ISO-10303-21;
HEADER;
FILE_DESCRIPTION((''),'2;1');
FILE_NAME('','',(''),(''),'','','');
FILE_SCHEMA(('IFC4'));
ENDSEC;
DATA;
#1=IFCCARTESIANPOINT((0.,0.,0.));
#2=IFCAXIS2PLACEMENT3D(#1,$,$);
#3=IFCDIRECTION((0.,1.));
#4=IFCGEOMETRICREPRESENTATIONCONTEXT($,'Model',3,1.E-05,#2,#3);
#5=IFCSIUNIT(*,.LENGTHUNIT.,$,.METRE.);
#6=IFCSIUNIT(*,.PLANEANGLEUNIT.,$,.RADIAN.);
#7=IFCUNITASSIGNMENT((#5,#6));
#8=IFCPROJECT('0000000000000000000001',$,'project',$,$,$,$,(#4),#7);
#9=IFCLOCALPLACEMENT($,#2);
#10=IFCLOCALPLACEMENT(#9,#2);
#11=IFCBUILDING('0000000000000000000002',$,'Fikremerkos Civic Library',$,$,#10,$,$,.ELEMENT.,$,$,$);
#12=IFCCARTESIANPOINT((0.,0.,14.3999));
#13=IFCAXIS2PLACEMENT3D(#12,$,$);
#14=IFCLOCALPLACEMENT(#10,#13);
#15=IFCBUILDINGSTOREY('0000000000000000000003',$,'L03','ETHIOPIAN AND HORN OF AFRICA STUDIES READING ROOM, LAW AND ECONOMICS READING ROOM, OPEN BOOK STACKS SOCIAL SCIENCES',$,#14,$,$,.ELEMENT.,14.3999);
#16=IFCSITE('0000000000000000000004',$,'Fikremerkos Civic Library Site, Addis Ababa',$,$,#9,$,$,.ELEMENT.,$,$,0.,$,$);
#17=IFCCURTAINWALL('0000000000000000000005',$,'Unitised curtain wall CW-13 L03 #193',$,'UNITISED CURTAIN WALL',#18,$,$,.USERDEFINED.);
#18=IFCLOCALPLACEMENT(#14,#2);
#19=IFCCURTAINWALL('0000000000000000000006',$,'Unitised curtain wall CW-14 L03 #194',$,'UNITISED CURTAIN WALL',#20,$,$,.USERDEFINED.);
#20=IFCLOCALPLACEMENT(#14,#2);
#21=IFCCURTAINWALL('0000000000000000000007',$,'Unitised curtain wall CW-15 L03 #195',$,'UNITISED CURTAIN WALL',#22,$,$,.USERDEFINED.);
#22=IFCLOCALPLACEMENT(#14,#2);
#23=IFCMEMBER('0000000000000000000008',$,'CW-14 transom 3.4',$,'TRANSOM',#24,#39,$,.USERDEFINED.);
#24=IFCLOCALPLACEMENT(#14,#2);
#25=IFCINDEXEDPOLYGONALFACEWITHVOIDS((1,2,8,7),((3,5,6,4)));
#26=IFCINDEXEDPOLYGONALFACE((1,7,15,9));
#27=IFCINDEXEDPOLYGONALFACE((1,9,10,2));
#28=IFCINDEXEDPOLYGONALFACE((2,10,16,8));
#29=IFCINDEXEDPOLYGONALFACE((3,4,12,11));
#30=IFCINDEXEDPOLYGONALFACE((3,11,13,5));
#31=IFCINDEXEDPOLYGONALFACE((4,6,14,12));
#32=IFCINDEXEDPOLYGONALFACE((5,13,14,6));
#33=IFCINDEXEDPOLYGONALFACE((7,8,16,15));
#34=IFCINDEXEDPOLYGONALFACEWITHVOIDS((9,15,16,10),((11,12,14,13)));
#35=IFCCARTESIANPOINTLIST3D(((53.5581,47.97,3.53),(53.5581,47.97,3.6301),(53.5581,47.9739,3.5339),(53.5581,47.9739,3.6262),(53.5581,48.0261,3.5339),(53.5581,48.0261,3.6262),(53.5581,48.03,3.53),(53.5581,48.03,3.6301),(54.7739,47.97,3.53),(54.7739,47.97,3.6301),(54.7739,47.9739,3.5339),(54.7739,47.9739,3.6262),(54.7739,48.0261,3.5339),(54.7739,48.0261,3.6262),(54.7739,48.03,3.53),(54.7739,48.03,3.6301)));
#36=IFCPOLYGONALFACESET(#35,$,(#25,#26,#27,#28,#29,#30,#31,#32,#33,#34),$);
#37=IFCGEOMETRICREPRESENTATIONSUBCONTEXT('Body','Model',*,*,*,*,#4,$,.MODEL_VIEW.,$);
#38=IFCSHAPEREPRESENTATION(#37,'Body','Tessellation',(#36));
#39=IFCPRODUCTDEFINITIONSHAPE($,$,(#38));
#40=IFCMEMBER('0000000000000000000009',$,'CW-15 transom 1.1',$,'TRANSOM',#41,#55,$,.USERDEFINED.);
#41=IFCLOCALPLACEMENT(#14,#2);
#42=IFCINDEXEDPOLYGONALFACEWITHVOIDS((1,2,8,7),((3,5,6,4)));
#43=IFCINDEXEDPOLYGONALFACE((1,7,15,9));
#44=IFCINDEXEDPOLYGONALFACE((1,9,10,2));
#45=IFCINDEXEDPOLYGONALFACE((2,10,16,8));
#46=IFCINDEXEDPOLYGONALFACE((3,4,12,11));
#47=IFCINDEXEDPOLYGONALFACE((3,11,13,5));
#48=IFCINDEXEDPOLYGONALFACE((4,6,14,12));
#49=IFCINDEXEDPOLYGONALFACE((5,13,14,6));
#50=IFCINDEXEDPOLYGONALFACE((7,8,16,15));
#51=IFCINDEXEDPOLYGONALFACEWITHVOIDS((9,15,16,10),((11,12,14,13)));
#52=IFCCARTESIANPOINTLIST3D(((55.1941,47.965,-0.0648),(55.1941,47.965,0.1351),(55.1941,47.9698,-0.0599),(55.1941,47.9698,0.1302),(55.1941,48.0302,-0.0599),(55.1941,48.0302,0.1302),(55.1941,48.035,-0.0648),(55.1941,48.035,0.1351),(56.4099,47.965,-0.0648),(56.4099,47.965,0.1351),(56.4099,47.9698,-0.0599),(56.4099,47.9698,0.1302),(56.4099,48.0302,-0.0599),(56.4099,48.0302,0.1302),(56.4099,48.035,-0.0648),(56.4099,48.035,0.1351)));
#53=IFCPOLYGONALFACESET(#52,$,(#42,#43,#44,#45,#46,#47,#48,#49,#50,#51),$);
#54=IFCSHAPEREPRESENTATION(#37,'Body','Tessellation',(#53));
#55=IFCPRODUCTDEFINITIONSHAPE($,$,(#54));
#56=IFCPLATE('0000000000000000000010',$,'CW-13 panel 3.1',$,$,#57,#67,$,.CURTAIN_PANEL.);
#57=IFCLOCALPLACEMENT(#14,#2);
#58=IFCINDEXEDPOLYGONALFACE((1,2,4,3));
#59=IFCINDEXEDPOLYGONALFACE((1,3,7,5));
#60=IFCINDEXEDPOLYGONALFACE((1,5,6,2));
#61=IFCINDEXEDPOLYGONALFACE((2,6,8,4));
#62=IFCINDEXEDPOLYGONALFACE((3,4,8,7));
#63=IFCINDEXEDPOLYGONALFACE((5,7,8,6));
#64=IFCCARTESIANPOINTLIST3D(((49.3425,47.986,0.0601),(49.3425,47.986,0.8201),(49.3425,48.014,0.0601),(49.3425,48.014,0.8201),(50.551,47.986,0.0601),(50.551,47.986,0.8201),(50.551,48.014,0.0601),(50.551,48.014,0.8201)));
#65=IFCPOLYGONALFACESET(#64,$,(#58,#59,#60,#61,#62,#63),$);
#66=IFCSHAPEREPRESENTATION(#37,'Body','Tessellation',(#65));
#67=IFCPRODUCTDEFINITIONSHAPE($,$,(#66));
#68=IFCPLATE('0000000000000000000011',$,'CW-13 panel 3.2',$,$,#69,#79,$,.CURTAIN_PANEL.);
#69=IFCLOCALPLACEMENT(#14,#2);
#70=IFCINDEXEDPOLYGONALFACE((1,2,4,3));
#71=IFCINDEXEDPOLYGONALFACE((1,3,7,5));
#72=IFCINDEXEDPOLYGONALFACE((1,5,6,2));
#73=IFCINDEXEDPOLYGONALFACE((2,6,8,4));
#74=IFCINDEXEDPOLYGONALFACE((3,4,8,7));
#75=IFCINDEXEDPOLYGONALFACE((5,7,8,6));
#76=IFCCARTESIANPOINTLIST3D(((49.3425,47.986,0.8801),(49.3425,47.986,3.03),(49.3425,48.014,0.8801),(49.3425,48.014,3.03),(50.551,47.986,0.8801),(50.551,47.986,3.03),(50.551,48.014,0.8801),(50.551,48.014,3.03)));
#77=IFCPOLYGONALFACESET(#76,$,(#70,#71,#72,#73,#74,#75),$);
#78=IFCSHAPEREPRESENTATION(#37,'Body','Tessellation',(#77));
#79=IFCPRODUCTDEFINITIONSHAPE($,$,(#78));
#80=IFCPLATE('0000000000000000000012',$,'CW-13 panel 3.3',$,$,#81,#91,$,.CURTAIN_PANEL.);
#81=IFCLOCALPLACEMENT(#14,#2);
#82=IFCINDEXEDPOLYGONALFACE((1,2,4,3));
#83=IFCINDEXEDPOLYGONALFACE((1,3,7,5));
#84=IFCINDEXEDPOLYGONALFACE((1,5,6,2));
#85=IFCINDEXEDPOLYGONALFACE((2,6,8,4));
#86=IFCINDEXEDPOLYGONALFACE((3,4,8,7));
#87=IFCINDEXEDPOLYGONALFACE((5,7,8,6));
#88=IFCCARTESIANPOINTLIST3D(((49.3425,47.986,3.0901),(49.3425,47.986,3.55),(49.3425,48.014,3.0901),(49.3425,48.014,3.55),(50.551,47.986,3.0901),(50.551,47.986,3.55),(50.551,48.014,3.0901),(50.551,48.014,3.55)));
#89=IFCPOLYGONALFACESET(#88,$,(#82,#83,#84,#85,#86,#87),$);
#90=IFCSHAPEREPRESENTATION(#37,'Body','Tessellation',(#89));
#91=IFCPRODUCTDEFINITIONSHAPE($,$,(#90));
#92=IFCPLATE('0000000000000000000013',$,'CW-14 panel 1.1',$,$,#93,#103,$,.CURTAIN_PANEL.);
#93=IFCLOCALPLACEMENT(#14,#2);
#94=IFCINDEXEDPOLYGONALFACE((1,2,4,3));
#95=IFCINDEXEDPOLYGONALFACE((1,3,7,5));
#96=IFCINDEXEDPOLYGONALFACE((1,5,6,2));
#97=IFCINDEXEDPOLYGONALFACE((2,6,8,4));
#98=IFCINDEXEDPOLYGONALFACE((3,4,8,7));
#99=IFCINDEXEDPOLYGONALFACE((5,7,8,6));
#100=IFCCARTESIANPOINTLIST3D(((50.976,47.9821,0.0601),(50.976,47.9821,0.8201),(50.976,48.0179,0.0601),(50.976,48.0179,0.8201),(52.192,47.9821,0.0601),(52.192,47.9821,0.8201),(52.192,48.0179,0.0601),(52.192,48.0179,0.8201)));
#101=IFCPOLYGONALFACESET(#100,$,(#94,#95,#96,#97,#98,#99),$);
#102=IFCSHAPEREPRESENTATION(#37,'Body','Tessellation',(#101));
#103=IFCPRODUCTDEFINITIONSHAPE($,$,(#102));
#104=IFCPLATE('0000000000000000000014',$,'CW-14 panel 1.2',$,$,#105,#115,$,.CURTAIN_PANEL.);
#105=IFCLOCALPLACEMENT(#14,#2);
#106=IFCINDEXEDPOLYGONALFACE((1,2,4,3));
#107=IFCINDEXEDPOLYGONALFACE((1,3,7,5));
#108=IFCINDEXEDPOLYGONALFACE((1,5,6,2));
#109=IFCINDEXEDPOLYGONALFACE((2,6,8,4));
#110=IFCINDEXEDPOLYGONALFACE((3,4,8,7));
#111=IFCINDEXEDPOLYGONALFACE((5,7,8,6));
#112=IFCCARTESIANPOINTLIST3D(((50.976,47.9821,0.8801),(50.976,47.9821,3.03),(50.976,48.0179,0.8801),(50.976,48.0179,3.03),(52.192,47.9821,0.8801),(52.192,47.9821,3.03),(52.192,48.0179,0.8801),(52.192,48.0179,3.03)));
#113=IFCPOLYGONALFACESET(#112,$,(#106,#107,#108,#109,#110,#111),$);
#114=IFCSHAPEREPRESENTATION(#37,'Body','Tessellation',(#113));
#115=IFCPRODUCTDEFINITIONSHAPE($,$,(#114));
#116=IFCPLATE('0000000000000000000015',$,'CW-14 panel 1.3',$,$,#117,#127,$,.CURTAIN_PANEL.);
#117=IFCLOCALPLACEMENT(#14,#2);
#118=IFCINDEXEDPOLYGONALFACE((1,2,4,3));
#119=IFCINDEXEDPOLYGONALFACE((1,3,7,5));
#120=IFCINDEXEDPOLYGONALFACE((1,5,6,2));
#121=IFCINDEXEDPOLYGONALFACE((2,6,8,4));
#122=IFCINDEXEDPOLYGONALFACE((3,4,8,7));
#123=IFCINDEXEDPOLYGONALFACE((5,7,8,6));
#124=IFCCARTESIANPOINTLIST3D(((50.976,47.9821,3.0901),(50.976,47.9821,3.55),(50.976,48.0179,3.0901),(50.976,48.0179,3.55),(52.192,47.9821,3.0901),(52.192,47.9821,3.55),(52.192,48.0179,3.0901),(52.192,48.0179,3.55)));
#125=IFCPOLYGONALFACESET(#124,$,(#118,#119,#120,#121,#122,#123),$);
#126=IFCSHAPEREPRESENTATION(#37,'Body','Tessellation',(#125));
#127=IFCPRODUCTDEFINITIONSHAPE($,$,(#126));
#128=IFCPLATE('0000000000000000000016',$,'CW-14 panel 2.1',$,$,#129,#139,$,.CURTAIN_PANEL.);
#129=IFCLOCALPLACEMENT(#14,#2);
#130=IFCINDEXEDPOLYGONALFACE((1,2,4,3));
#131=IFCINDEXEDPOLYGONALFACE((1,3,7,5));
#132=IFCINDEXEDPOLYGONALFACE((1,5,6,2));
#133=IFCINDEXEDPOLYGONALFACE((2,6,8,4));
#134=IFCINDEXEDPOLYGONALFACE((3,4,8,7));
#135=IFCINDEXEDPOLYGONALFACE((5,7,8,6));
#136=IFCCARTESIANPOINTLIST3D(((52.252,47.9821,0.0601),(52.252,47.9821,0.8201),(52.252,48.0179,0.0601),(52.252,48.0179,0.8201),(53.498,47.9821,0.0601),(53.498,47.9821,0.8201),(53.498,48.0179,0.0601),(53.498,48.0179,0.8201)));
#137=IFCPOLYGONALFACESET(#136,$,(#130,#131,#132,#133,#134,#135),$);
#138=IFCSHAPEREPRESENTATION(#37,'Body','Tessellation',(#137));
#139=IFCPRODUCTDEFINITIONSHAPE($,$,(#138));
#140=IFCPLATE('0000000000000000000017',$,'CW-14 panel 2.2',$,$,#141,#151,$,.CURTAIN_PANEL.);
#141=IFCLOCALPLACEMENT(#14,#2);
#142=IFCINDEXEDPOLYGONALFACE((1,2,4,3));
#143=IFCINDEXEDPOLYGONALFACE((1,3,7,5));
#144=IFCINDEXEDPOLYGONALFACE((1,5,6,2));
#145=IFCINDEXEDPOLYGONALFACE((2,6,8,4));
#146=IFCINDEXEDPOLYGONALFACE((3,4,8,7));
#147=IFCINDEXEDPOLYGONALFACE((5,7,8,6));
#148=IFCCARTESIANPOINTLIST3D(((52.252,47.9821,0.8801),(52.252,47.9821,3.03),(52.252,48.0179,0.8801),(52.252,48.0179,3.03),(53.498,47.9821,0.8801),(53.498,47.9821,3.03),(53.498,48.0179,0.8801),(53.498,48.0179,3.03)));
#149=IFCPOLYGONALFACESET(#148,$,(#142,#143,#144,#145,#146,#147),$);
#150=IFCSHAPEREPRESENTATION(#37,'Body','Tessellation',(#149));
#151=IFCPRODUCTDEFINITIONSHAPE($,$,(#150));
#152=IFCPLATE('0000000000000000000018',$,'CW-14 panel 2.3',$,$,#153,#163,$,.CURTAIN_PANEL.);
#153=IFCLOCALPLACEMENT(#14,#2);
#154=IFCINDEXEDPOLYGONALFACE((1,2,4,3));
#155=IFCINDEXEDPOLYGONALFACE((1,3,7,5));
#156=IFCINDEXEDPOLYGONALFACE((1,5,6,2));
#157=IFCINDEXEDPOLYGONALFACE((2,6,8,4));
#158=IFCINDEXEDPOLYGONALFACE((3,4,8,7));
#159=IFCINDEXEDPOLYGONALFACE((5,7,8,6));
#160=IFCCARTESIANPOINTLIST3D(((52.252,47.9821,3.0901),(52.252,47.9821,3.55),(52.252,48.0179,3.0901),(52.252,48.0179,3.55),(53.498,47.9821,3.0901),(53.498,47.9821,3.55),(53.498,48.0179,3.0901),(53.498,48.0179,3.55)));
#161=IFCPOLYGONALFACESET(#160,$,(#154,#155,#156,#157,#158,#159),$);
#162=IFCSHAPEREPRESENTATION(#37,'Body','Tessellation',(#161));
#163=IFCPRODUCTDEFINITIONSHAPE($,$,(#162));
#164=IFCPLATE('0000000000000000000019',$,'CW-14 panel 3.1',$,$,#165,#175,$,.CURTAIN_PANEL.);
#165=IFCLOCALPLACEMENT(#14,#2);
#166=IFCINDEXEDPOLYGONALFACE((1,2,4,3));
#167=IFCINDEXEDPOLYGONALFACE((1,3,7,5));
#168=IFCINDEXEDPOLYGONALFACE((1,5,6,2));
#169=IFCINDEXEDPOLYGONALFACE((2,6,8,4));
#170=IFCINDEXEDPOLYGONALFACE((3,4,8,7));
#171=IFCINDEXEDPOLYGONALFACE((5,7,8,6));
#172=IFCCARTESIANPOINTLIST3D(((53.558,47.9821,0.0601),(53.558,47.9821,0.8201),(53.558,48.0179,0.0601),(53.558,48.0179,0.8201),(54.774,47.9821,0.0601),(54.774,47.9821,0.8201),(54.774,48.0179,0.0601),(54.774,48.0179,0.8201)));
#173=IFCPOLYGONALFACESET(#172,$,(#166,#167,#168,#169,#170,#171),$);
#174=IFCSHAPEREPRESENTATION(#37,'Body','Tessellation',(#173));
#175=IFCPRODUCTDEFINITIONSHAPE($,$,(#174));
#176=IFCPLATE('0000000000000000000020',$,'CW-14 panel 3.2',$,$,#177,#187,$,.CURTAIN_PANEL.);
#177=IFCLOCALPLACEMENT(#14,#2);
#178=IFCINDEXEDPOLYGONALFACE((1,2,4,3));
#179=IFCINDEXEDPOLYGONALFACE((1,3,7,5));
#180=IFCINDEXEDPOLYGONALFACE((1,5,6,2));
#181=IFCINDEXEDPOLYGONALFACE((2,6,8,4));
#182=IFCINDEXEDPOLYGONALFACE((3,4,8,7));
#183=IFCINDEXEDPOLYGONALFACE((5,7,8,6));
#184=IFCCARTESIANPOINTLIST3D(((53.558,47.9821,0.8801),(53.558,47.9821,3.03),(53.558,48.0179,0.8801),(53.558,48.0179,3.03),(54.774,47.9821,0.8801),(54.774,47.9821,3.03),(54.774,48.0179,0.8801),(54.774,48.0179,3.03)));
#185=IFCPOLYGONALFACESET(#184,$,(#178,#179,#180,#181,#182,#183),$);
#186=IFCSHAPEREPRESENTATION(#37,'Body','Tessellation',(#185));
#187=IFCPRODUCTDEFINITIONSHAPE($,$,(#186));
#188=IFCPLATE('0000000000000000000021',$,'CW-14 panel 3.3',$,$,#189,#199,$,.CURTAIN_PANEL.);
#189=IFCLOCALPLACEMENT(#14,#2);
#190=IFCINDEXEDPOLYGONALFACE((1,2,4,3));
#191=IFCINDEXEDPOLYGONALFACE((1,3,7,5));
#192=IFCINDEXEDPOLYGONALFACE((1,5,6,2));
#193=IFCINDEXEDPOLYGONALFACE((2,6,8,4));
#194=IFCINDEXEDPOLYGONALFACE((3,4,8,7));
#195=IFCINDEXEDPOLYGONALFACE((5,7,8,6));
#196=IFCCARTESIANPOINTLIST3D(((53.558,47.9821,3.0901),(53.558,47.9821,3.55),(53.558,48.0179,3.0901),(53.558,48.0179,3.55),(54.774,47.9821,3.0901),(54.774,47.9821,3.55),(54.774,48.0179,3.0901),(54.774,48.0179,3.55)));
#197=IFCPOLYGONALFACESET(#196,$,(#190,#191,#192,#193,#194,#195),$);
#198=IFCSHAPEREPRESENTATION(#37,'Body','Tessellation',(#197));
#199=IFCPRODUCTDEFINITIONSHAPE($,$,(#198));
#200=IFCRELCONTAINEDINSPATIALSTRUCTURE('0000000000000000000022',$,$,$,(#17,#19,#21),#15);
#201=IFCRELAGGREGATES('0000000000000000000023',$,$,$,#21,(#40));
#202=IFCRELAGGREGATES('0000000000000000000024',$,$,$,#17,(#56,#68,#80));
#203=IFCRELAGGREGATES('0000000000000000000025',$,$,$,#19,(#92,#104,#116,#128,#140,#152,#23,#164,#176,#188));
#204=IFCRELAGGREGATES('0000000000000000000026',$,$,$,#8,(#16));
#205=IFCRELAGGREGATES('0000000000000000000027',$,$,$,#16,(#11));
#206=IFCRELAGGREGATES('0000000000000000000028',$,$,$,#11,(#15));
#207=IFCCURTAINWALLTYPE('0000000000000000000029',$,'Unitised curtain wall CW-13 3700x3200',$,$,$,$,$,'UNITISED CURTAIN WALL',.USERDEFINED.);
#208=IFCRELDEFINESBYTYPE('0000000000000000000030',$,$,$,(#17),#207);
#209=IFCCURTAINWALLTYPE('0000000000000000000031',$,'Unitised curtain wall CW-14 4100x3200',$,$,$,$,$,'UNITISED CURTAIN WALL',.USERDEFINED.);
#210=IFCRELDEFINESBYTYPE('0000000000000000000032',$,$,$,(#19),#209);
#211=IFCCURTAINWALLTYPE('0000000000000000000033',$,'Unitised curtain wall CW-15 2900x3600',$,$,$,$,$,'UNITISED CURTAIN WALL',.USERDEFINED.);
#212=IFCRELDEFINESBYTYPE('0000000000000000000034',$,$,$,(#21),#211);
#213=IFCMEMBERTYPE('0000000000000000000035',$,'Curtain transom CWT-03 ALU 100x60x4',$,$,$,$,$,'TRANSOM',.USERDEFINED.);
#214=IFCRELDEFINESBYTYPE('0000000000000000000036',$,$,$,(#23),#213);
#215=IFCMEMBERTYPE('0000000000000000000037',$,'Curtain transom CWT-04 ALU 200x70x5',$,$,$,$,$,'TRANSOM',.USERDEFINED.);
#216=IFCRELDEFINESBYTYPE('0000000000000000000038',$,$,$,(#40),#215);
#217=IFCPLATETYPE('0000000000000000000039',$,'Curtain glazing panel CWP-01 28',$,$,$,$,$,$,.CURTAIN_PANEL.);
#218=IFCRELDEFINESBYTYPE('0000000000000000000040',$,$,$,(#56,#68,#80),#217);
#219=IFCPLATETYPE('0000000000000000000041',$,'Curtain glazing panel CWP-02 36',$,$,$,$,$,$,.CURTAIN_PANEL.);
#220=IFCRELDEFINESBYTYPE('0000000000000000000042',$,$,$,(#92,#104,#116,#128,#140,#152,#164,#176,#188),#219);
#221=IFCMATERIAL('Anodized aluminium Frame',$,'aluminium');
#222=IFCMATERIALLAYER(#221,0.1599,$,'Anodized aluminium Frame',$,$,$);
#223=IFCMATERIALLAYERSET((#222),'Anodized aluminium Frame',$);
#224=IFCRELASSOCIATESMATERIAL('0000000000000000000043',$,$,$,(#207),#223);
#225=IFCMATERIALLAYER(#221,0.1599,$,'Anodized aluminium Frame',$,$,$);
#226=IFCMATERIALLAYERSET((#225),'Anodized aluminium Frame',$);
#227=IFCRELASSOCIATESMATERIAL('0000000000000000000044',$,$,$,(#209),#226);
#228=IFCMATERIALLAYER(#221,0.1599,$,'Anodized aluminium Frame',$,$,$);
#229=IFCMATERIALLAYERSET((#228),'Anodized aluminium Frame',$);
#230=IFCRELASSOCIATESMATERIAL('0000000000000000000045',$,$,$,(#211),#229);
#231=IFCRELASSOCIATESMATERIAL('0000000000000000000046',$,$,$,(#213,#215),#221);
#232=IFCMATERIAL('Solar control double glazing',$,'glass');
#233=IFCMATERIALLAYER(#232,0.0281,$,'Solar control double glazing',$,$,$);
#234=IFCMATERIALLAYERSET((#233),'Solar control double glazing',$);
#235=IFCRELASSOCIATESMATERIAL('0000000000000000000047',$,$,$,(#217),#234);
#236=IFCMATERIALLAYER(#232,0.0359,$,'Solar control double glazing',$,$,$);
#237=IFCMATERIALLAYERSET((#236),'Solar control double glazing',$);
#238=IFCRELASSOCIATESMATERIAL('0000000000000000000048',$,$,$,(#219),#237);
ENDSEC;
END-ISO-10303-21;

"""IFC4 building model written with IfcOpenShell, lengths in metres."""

from ifc_helpers import new_model, si_unit, direction, frame, origin, origin_2d, place, context, subcontext, project, spatial, rectangle, hollow_rectangle, extrude, material, layer, layer_set, material_profile, profile_set, type_object, element, aggregate, save


model = new_model("IFC4")

# Units and contexts
model_context = context("Model", 3, precision=1e-05, world=origin(), true_north=direction((0.0, 1.0)))
body_context = subcontext(model_context, "Body", "Model", "MODEL_VIEW")
ifc_project = project(units=[si_unit("LENGTHUNIT", "METRE"), si_unit("PLANEANGLEUNIT", "RADIAN")], contexts=[model_context])

# Site, building, storey
site_placement = place(None, origin())
site = spatial("IfcSite", under=ifc_project, at=site_placement, Name="Fikremerkos Civic Library Site, Addis Ababa", CompositionType="ELEMENT", RefElevation=0.0)
building_placement = place(site_placement, origin())
building = spatial("IfcBuilding", under=site, at=building_placement, Name="Fikremerkos Civic Library", CompositionType="ELEMENT")
storey_placement = place(building_placement, frame((0.0, 0.0, 14.3999)))
storey = spatial("IfcBuildingStorey", under=building, at=storey_placement, Name="L03", Description="ETHIOPIAN AND HORN OF AFRICA STUDIES READING ROOM, LAW AND ECONOMICS READING ROOM, OPEN BOOK STACKS SOCIAL SCIENCES", CompositionType="ELEMENT", Elevation=14.3999)

# Curtain wall
ifc_material_1 = material(Name="Anodized aluminium Frame", Category="aluminium")
ifc_layer_1 = layer(ifc_material_1, 0.1599, Name="Anodized aluminium Frame")
ifc_layer_set_1 = layer_set([ifc_layer_1], Name="Anodized aluminium Frame")
curtain_wall_type_1 = type_object("IfcCurtainWallType", Name="Unitised curtain wall CW-13 3700x3200", ElementType="UNITISED CURTAIN WALL", PredefinedType="USERDEFINED", material=ifc_layer_set_1)
curtain_wall_1_placement = place(storey_placement, origin())
curtain_wall_1 = element("IfcCurtainWall", 1, at=curtain_wall_1_placement, inside=storey, type_object=curtain_wall_type_1, Name="Unitised curtain wall CW-13 L03 #193", ObjectType="UNITISED CURTAIN WALL", PredefinedType="USERDEFINED")

# Curtain wall
ifc_layer_2 = layer(ifc_material_1, 0.1599, Name="Anodized aluminium Frame")
ifc_layer_set_2 = layer_set([ifc_layer_2], Name="Anodized aluminium Frame")
curtain_wall_type_2 = type_object("IfcCurtainWallType", Name="Unitised curtain wall CW-14 4100x3200", ElementType="UNITISED CURTAIN WALL", PredefinedType="USERDEFINED", material=ifc_layer_set_2)
curtain_wall_2_placement = place(storey_placement, origin())
curtain_wall_2 = element("IfcCurtainWall", 2, at=curtain_wall_2_placement, inside=storey, type_object=curtain_wall_type_2, Name="Unitised curtain wall CW-14 L03 #194", ObjectType="UNITISED CURTAIN WALL", PredefinedType="USERDEFINED")

# Curtain wall
ifc_layer_3 = layer(ifc_material_1, 0.1599, Name="Anodized aluminium Frame")
ifc_layer_set_3 = layer_set([ifc_layer_3], Name="Anodized aluminium Frame")
curtain_wall_type_3 = type_object("IfcCurtainWallType", Name="Unitised curtain wall CW-15 2900x3600", ElementType="UNITISED CURTAIN WALL", PredefinedType="USERDEFINED", material=ifc_layer_set_3)
curtain_wall_3_placement = place(storey_placement, origin())
curtain_wall_3 = element("IfcCurtainWall", 3, at=curtain_wall_3_placement, inside=storey, type_object=curtain_wall_type_3, Name="Unitised curtain wall CW-15 L03 #195", ObjectType="UNITISED CURTAIN WALL", PredefinedType="USERDEFINED")

# Members
ifc_material_profile_1 = material_profile(ifc_material_1, hollow_rectangle(XDim=0.0601, YDim=0.1001, WallThickness=0.0039, at=origin_2d()), Name="ALU 100x60x4")
ifc_profile_set_1 = profile_set([ifc_material_profile_1], Name="Anodized aluminium Frame")
member_type_1 = type_object("IfcMemberType", Name="Curtain transom CWT-03 ALU 100x60x4", ElementType="TRANSOM", PredefinedType="USERDEFINED", material=ifc_profile_set_1)
member_1_placement = place(storey_placement, frame((53.5581, 48.0, 3.5801), z_axis=(1.0, 0.0, 0.0), x_axis=(0.0, 1.0, 0.0)))
member_1 = element("IfcMember", 4, at=member_1_placement, type_object=member_type_1, Name="CW-14 transom 3.4", ObjectType="TRANSOM", PredefinedType="USERDEFINED", context=body_context, shape_type="SweptSolid", body=[
    extrude(hollow_rectangle(XDim=0.0601, YDim=0.1001, WallThickness=0.0039, at=origin_2d()), origin(), (0.0, 0.0, 1.0), 1.2158),
])
ifc_material_profile_2 = material_profile(ifc_material_1, hollow_rectangle(XDim=0.0701, YDim=0.2, WallThickness=0.0049, at=origin_2d()), Name="ALU 200x70x5")
ifc_profile_set_2 = profile_set([ifc_material_profile_2], Name="Anodized aluminium Frame")
member_type_2 = type_object("IfcMemberType", Name="Curtain transom CWT-04 ALU 200x70x5", ElementType="TRANSOM", PredefinedType="USERDEFINED", material=ifc_profile_set_2)
member_2_placement = place(storey_placement, frame((55.1941, 48.0, 0.0352), z_axis=(1.0, 0.0, 0.0), x_axis=(0.0, 1.0, 0.0)))
member_2 = element("IfcMember", 5, at=member_2_placement, type_object=member_type_2, Name="CW-15 transom 1.1", ObjectType="TRANSOM", PredefinedType="USERDEFINED", context=body_context, shape_type="SweptSolid", body=[
    extrude(hollow_rectangle(XDim=0.0701, YDim=0.2, WallThickness=0.0049, at=origin_2d()), origin(), (0.0, 0.0, 1.0), 1.2158),
])
aggregate(curtain_wall_3, [member_2])

# Plates
ifc_material_2 = material(Name="Solar control double glazing", Category="glass")
ifc_layer_4 = layer(ifc_material_2, 0.0281, Name="Solar control double glazing")
ifc_layer_set_4 = layer_set([ifc_layer_4], Name="Solar control double glazing")
plate_type_1 = type_object("IfcPlateType", Name="Curtain glazing panel CWP-01 28", PredefinedType="CURTAIN_PANEL", material=ifc_layer_set_4)
plate_1_placement = place(storey_placement, frame((49.9468, 48.0, 0.0601), z_axis=(0.0, 0.0, 1.0), x_axis=(1.0, 0.0, 0.0)))
plate_1 = element("IfcPlate", 6, at=plate_1_placement, type_object=plate_type_1, Name="CW-13 panel 3.1", PredefinedType="CURTAIN_PANEL", context=body_context, shape_type="SweptSolid", body=[
    extrude(rectangle(XDim=1.2085, YDim=0.0281, at=origin_2d()), origin(), (0.0, 0.0, 1.0), 0.76),
])
plate_2_placement = place(storey_placement, frame((49.9468, 48.0, 0.8801), z_axis=(0.0, 0.0, 1.0), x_axis=(1.0, 0.0, 0.0)))
plate_2 = element("IfcPlate", 7, at=plate_2_placement, type_object=plate_type_1, Name="CW-13 panel 3.2", PredefinedType="CURTAIN_PANEL", context=body_context, shape_type="SweptSolid", body=[
    extrude(rectangle(XDim=1.2085, YDim=0.0281, at=origin_2d()), origin(), (0.0, 0.0, 1.0), 2.1499),
])
plate_3_placement = place(storey_placement, frame((49.9468, 48.0, 3.0901), z_axis=(0.0, 0.0, 1.0), x_axis=(1.0, 0.0, 0.0)))
plate_3 = element("IfcPlate", 8, at=plate_3_placement, type_object=plate_type_1, Name="CW-13 panel 3.3", PredefinedType="CURTAIN_PANEL", context=body_context, shape_type="SweptSolid", body=[
    extrude(rectangle(XDim=1.2085, YDim=0.0281, at=origin_2d()), origin(), (0.0, 0.0, 1.0), 0.46),
])
aggregate(curtain_wall_1, [plate_1, plate_2, plate_3])
ifc_layer_5 = layer(ifc_material_2, 0.0359, Name="Solar control double glazing")
ifc_layer_set_5 = layer_set([ifc_layer_5], Name="Solar control double glazing")
plate_type_2 = type_object("IfcPlateType", Name="Curtain glazing panel CWP-02 36", PredefinedType="CURTAIN_PANEL", material=ifc_layer_set_5)
plate_4_placement = place(storey_placement, frame((51.584, 48.0, 0.0601), z_axis=(0.0, 0.0, 1.0), x_axis=(1.0, 0.0, 0.0)))
plate_4 = element("IfcPlate", 9, at=plate_4_placement, type_object=plate_type_2, Name="CW-14 panel 1.1", PredefinedType="CURTAIN_PANEL", context=body_context, shape_type="SweptSolid", body=[
    extrude(rectangle(XDim=1.2161, YDim=0.0359, at=origin_2d()), origin(), (0.0, 0.0, 1.0), 0.76),
])
plate_5_placement = place(storey_placement, frame((51.584, 48.0, 0.8801), z_axis=(0.0, 0.0, 1.0), x_axis=(1.0, 0.0, 0.0)))
plate_5 = element("IfcPlate", 10, at=plate_5_placement, type_object=plate_type_2, Name="CW-14 panel 1.2", PredefinedType="CURTAIN_PANEL", context=body_context, shape_type="SweptSolid", body=[
    extrude(rectangle(XDim=1.2161, YDim=0.0359, at=origin_2d()), origin(), (0.0, 0.0, 1.0), 2.1499),
])
plate_6_placement = place(storey_placement, frame((51.584, 48.0, 3.0901), z_axis=(0.0, 0.0, 1.0), x_axis=(1.0, 0.0, 0.0)))
plate_6 = element("IfcPlate", 11, at=plate_6_placement, type_object=plate_type_2, Name="CW-14 panel 1.3", PredefinedType="CURTAIN_PANEL", context=body_context, shape_type="SweptSolid", body=[
    extrude(rectangle(XDim=1.2161, YDim=0.0359, at=origin_2d()), origin(), (0.0, 0.0, 1.0), 0.46),
])
plate_7_placement = place(storey_placement, frame((52.875, 48.0, 0.0601), z_axis=(0.0, 0.0, 1.0), x_axis=(1.0, 0.0, 0.0)))
plate_7 = element("IfcPlate", 12, at=plate_7_placement, type_object=plate_type_2, Name="CW-14 panel 2.1", PredefinedType="CURTAIN_PANEL", context=body_context, shape_type="SweptSolid", body=[
    extrude(rectangle(XDim=1.2461, YDim=0.0359, at=origin_2d()), origin(), (0.0, 0.0, 1.0), 0.76),
])
plate_8_placement = place(storey_placement, frame((52.875, 48.0, 0.8801), z_axis=(0.0, 0.0, 1.0), x_axis=(1.0, 0.0, 0.0)))
plate_8 = element("IfcPlate", 13, at=plate_8_placement, type_object=plate_type_2, Name="CW-14 panel 2.2", PredefinedType="CURTAIN_PANEL", context=body_context, shape_type="SweptSolid", body=[
    extrude(rectangle(XDim=1.2461, YDim=0.0359, at=origin_2d()), origin(), (0.0, 0.0, 1.0), 2.1499),
])
plate_9_placement = place(storey_placement, frame((52.875, 48.0, 3.0901), z_axis=(0.0, 0.0, 1.0), x_axis=(1.0, 0.0, 0.0)))
plate_9 = element("IfcPlate", 14, at=plate_9_placement, type_object=plate_type_2, Name="CW-14 panel 2.3", PredefinedType="CURTAIN_PANEL", context=body_context, shape_type="SweptSolid", body=[
    extrude(rectangle(XDim=1.2461, YDim=0.0359, at=origin_2d()), origin(), (0.0, 0.0, 1.0), 0.46),
])
plate_10_placement = place(storey_placement, frame((54.166, 48.0, 0.0601), z_axis=(0.0, 0.0, 1.0), x_axis=(1.0, 0.0, 0.0)))
plate_10 = element("IfcPlate", 15, at=plate_10_placement, type_object=plate_type_2, Name="CW-14 panel 3.1", PredefinedType="CURTAIN_PANEL", context=body_context, shape_type="SweptSolid", body=[
    extrude(rectangle(XDim=1.2161, YDim=0.0359, at=origin_2d()), origin(), (0.0, 0.0, 1.0), 0.76),
])
plate_11_placement = place(storey_placement, frame((54.166, 48.0, 0.8801), z_axis=(0.0, 0.0, 1.0), x_axis=(1.0, 0.0, 0.0)))
plate_11 = element("IfcPlate", 16, at=plate_11_placement, type_object=plate_type_2, Name="CW-14 panel 3.2", PredefinedType="CURTAIN_PANEL", context=body_context, shape_type="SweptSolid", body=[
    extrude(rectangle(XDim=1.2161, YDim=0.0359, at=origin_2d()), origin(), (0.0, 0.0, 1.0), 2.1499),
])
plate_12_placement = place(storey_placement, frame((54.166, 48.0, 3.0901), z_axis=(0.0, 0.0, 1.0), x_axis=(1.0, 0.0, 0.0)))
plate_12 = element("IfcPlate", 17, at=plate_12_placement, type_object=plate_type_2, Name="CW-14 panel 3.3", PredefinedType="CURTAIN_PANEL", context=body_context, shape_type="SweptSolid", body=[
    extrude(rectangle(XDim=1.2161, YDim=0.0359, at=origin_2d()), origin(), (0.0, 0.0, 1.0), 0.46),
])
aggregate(curtain_wall_2, [plate_4, plate_5, plate_6, plate_7, plate_8, plate_9, member_1, plate_10, plate_11, plate_12])

save(model, "model.ifc")
